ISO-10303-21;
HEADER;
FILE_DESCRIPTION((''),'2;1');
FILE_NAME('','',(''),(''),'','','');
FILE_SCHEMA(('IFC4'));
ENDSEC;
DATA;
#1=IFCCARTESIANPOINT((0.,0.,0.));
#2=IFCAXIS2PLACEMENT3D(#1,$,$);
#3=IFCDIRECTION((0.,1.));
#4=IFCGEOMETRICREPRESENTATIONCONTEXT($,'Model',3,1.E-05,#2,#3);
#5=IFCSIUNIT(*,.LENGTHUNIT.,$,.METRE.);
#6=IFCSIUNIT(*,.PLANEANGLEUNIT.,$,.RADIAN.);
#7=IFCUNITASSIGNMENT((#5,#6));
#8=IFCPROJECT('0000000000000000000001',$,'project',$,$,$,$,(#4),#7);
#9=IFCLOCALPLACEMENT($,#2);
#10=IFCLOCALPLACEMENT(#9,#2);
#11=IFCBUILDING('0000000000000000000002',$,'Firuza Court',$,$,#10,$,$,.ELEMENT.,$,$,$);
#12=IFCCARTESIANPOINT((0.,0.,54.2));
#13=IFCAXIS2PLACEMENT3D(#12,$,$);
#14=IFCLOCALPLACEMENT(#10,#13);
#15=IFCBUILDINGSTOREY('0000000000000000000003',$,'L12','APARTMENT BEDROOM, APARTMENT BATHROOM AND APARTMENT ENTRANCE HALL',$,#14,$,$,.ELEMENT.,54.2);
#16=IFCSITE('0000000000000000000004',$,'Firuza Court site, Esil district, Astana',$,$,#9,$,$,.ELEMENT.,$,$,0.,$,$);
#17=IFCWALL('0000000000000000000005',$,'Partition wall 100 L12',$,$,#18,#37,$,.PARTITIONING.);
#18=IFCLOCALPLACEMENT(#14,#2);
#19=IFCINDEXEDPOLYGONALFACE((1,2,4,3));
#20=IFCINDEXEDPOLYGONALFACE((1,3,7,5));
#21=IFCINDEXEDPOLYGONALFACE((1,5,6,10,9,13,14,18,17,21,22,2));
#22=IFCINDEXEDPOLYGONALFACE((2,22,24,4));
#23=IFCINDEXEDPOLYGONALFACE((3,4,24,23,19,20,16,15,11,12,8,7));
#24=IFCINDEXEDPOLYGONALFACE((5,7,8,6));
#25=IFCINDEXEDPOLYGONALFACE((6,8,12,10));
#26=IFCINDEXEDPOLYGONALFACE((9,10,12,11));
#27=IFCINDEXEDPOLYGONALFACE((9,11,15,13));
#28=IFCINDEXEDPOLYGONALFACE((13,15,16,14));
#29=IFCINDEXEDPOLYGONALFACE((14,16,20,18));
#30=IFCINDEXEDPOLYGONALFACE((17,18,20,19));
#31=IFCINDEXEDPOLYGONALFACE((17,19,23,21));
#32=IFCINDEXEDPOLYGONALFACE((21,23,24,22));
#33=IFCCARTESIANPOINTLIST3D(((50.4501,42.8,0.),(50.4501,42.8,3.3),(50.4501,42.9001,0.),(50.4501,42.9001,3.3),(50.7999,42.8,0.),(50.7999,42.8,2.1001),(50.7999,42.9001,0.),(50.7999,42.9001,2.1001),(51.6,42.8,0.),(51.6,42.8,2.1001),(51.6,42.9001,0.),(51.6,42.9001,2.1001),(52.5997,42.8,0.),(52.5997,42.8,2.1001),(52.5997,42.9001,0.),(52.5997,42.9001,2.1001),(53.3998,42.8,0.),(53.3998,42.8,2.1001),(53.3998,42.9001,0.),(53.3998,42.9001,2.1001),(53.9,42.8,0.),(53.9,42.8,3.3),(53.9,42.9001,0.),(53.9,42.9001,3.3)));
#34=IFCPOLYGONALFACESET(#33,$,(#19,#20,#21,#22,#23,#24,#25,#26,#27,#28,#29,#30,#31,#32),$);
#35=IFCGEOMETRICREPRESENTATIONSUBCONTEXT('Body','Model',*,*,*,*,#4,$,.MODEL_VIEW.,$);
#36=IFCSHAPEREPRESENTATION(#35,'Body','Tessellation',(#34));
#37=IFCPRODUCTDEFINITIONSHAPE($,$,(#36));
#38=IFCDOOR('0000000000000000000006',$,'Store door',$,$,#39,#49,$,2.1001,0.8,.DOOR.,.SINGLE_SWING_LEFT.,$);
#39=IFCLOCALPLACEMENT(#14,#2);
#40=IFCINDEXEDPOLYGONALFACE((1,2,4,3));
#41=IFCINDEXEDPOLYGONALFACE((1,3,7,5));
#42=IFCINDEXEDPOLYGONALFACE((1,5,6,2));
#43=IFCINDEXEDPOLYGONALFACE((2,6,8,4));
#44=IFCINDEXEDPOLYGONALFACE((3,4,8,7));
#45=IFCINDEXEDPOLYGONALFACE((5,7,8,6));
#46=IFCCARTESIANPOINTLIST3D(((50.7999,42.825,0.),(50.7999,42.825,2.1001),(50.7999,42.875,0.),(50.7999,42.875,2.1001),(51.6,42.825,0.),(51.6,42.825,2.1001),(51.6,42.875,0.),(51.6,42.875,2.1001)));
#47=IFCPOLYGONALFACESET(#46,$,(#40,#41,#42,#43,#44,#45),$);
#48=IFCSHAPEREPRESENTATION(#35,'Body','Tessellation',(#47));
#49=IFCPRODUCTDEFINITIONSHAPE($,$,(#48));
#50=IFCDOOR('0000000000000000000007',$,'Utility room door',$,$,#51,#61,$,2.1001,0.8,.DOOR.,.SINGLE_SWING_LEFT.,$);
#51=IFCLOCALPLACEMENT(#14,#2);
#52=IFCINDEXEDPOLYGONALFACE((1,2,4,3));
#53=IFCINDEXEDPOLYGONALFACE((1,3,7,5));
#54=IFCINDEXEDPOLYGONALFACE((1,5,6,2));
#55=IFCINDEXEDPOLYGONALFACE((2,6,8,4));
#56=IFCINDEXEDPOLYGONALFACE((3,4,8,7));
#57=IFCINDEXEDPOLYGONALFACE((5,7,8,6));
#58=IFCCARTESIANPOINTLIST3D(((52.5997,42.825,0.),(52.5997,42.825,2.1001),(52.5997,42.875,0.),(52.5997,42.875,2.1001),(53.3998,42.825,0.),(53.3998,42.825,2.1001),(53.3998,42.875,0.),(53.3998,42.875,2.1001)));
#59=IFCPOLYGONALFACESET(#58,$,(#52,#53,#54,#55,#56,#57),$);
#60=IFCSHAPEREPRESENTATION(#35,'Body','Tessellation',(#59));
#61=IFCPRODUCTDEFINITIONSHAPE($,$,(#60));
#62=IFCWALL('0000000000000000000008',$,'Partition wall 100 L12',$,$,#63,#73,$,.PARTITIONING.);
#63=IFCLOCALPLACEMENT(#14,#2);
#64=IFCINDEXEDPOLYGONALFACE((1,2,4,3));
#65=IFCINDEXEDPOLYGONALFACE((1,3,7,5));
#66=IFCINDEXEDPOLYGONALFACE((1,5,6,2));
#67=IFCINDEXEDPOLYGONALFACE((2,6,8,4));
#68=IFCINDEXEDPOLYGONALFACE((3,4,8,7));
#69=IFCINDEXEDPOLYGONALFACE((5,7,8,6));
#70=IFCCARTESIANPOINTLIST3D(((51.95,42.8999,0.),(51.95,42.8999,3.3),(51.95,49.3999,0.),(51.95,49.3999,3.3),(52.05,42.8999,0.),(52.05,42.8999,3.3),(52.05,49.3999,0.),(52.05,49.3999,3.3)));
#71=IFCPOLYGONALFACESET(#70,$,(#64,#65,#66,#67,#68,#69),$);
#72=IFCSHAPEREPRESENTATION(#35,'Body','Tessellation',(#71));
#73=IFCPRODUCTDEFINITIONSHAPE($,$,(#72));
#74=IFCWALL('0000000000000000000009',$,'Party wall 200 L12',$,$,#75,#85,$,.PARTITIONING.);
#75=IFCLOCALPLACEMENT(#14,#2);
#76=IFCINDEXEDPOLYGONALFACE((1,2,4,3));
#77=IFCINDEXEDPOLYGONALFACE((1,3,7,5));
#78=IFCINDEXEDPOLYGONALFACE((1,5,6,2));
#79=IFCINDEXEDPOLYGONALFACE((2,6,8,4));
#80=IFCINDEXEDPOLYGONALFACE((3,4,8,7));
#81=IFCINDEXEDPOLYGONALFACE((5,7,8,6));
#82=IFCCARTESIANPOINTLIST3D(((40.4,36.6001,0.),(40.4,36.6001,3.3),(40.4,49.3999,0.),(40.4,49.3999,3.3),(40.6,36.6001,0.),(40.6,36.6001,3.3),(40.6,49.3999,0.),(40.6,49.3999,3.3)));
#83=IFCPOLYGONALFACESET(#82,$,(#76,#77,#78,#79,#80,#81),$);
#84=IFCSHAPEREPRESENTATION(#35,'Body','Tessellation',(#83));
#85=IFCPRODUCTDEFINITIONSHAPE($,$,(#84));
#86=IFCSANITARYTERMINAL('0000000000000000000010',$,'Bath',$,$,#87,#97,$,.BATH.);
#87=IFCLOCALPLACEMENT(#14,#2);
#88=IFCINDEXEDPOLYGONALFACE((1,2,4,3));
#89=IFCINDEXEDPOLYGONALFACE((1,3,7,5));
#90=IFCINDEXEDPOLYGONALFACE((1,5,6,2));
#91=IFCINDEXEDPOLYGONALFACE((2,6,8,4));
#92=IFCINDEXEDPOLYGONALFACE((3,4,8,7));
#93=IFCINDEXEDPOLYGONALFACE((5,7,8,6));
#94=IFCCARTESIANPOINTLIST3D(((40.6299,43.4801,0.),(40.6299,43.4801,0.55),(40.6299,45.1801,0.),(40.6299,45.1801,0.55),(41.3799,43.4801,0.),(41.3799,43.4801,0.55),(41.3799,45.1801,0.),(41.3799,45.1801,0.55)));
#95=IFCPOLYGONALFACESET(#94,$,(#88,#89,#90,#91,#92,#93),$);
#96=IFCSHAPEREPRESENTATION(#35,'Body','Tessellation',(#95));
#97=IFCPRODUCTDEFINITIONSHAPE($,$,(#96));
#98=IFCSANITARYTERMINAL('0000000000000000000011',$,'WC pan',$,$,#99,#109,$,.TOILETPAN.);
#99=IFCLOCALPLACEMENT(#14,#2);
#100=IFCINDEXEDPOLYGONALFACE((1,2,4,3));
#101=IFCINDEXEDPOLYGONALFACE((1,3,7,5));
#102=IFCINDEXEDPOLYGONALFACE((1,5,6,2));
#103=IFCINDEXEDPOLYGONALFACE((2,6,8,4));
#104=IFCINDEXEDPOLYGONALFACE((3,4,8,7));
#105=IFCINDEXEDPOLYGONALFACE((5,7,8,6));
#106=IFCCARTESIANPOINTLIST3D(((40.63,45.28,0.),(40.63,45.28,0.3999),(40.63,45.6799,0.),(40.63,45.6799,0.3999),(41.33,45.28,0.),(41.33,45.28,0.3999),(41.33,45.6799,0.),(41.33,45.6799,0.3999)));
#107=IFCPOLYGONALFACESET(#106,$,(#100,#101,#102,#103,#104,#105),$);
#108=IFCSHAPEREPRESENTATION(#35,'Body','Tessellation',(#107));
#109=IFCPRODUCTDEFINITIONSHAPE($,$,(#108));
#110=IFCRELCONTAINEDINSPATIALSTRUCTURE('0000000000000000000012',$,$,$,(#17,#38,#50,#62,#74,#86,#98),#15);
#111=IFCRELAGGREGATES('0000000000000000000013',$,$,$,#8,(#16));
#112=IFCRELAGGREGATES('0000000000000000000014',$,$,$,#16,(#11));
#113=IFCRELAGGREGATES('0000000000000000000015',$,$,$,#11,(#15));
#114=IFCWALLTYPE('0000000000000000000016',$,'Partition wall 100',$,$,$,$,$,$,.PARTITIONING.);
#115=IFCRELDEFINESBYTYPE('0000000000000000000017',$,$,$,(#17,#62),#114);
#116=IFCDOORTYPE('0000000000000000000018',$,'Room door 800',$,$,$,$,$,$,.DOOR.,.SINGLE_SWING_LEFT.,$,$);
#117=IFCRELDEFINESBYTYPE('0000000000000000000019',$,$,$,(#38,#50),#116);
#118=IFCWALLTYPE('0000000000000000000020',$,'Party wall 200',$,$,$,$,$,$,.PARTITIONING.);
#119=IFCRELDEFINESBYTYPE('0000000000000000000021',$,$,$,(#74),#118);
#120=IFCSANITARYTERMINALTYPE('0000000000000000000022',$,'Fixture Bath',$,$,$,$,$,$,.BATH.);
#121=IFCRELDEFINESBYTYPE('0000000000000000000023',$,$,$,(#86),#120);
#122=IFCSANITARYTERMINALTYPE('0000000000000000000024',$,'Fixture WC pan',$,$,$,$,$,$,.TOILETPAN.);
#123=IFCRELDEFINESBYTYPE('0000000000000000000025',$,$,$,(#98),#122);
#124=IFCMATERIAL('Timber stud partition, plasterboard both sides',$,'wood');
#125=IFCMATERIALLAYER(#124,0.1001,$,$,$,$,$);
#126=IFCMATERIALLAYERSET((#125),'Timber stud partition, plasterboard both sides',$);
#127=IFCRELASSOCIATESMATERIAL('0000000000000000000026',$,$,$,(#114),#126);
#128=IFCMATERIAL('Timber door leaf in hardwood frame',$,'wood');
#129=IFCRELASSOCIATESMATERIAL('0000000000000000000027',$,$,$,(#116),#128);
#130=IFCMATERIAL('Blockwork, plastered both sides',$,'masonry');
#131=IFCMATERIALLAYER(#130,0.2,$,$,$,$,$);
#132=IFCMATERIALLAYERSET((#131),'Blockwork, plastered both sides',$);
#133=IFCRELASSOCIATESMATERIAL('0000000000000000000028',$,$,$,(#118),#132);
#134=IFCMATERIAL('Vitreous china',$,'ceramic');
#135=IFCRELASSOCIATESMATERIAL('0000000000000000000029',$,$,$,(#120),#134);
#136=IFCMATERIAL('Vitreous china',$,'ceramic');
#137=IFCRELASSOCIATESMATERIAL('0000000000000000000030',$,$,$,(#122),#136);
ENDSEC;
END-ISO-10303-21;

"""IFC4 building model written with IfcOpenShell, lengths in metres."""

from ifc_helpers import new_model, si_unit, direction, frame, frame_2d, origin, origin_2d, place, context, subcontext, project, spatial, rectangle, extrude, material, layer, layer_set, type_object, element, fill, save


model = new_model("IFC4")

# Units and contexts
model_context = context("Model", 3, precision=1e-05, world=origin(), true_north=direction((0.0, 1.0)))
body_context = subcontext(model_context, "Body", "Model", "MODEL_VIEW")
ifc_project = project(units=[si_unit("LENGTHUNIT", "METRE"), si_unit("PLANEANGLEUNIT", "RADIAN")], contexts=[model_context])

# Site, building, storey
site_placement = place(None, origin())
site = spatial("IfcSite", under=ifc_project, at=site_placement, Name="Firuza Court site, Esil district, Astana", CompositionType="ELEMENT", RefElevation=0.0)
building_placement = place(site_placement, origin())
building = spatial("IfcBuilding", under=site, at=building_placement, Name="Firuza Court", CompositionType="ELEMENT")
storey_placement = place(building_placement, frame((0.0, 0.0, 54.2)))
storey = spatial("IfcBuildingStorey", under=building, at=storey_placement, Name="L12", Description="APARTMENT BEDROOM, APARTMENT BATHROOM AND APARTMENT ENTRANCE HALL", CompositionType="ELEMENT", Elevation=54.2)

# Shared definitions
ifc_material_1 = material(Name="Timber stud partition, plasterboard both sides", Category="wood")
ifc_layer_1 = layer(ifc_material_1, 0.1001)
ifc_layer_set_1 = layer_set([ifc_layer_1], Name="Timber stud partition, plasterboard both sides")
wall_type_1 = type_object("IfcWallType", Name="Partition wall 100", PredefinedType="PARTITIONING", material=ifc_layer_set_1)

# Wall, openings, doors
wall_1_placement = place(storey_placement, frame((50.45, 42.8501, 0.0), z_axis=(0.0, 0.0, 1.0), x_axis=(1.0, 0.0, 0.0)))
wall_1 = element("IfcWall", 1, at=wall_1_placement, inside=storey, type_object=wall_type_1, Name="Partition wall 100 L12", PredefinedType="PARTITIONING", context=body_context, shape_type="SweptSolid", body=[
    extrude(rectangle(XDim=3.45, YDim=0.1001, at=frame_2d((1.7251, 0.0))), origin(), (0.0, 0.0, 1.0), 3.3),
])
opening_1_placement = place(wall_1_placement, frame((0.3501, 0.0, 0.0)))
opening_1 = element("IfcOpeningElement", 2, at=opening_1_placement, cuts=wall_1, PredefinedType="OPENING", context=body_context, shape_type="SweptSolid", body=[
    extrude(rectangle(XDim=0.8, YDim=2.1001, at=frame_2d((0.3999, 1.05))), frame((0.0, 0.062, 0.0), z_axis=(0.0, -1.0, 0.0), x_axis=(1.0, 0.0, 0.0)), (0.0, 0.0, 1.0), 0.124),
])
opening_2_placement = place(wall_1_placement, frame((2.1499, 0.0, 0.0)))
opening_2 = element("IfcOpeningElement", 3, at=opening_2_placement, cuts=wall_1, PredefinedType="OPENING", context=body_context, shape_type="SweptSolid", body=[
    extrude(rectangle(XDim=0.8, YDim=2.1001, at=frame_2d((0.3999, 1.05))), frame((0.0, 0.062, 0.0), z_axis=(0.0, -1.0, 0.0), x_axis=(1.0, 0.0, 0.0)), (0.0, 0.0, 1.0), 0.124),
])
ifc_material_2 = material(Name="Timber door leaf in hardwood frame", Category="wood")
door_type_1 = type_object("IfcDoorType", Name="Room door 800", OperationType="SINGLE_SWING_LEFT", PredefinedType="DOOR", material=ifc_material_2)
door_1_placement = place(opening_1_placement, origin())
door_1 = element("IfcDoor", 4, at=door_1_placement, inside=storey, type_object=door_type_1, Name="Store door", OperationType="SINGLE_SWING_LEFT", OverallHeight=2.1001, OverallWidth=0.8, PredefinedType="DOOR", context=body_context, shape_type="SweptSolid", body=[
    extrude(rectangle(XDim=0.8, YDim=2.1001, at=frame_2d((0.3999, 1.05))), frame((0.0, 0.0249, 0.0), z_axis=(0.0, -1.0, 0.0), x_axis=(1.0, 0.0, 0.0)), (0.0, 0.0, 1.0), 0.05),
])
fill(opening_1, door_1)
door_2_placement = place(opening_2_placement, origin())
door_2 = element("IfcDoor", 5, at=door_2_placement, inside=storey, type_object=door_type_1, Name="Utility room door", OperationType="SINGLE_SWING_LEFT", OverallHeight=2.1001, OverallWidth=0.8, PredefinedType="DOOR", context=body_context, shape_type="SweptSolid", body=[
    extrude(rectangle(XDim=0.8, YDim=2.1001, at=frame_2d((0.3999, 1.05))), frame((0.0, 0.0249, 0.0), z_axis=(0.0, -1.0, 0.0), x_axis=(1.0, 0.0, 0.0)), (0.0, 0.0, 1.0), 0.05),
])
fill(opening_2, door_2)

# Walls
wall_2_placement = place(storey_placement, frame((52.0, 42.8999, 0.0), z_axis=(0.0, 0.0, 1.0), x_axis=(0.0, 1.0, 0.0)))
element("IfcWall", 6, at=wall_2_placement, inside=storey, type_object=wall_type_1, Name="Partition wall 100 L12", PredefinedType="PARTITIONING", context=body_context, shape_type="SweptSolid", body=[
    extrude(rectangle(XDim=6.5, YDim=0.1001, at=frame_2d((3.25, 0.0))), origin(), (0.0, 0.0, 1.0), 3.3),
])
ifc_material_3 = material(Name="Blockwork, plastered both sides", Category="masonry")
ifc_layer_2 = layer(ifc_material_3, 0.2)
ifc_layer_set_2 = layer_set([ifc_layer_2], Name="Blockwork, plastered both sides")
wall_type_2 = type_object("IfcWallType", Name="Party wall 200", PredefinedType="PARTITIONING", material=ifc_layer_set_2)
wall_3_placement = place(storey_placement, frame((40.5, 36.6001, 0.0), z_axis=(0.0, 0.0, 1.0), x_axis=(0.0, 1.0, 0.0)))
element("IfcWall", 7, at=wall_3_placement, inside=storey, type_object=wall_type_2, Name="Party wall 200 L12", PredefinedType="PARTITIONING", context=body_context, shape_type="SweptSolid", body=[
    extrude(rectangle(XDim=12.7998, YDim=0.2, at=frame_2d((6.3999, 0.0))), origin(), (0.0, 0.0, 1.0), 3.3),
])

# Sanitary terminals
ifc_material_4 = material(Name="Vitreous china", Category="ceramic")
sanitary_terminal_type_1 = type_object("IfcSanitaryTerminalType", Name="Fixture Bath", PredefinedType="BATH", material=ifc_material_4)
sanitary_terminal_1_placement = place(storey_placement, frame((41.0049, 44.3301, 0.0), z_axis=(0.0, 0.0, 1.0), x_axis=(1.0, 0.0, 0.0)))
element("IfcSanitaryTerminal", 8, at=sanitary_terminal_1_placement, inside=storey, type_object=sanitary_terminal_type_1, Name="Bath", PredefinedType="BATH", context=body_context, shape_type="SweptSolid", body=[
    extrude(rectangle(XDim=0.75, YDim=1.7, at=origin_2d()), origin(), (0.0, 0.0, 1.0), 0.55),
])
ifc_material_5 = material(Name="Vitreous china", Category="ceramic")
sanitary_terminal_type_2 = type_object("IfcSanitaryTerminalType", Name="Fixture WC pan", PredefinedType="TOILETPAN", material=ifc_material_5)
sanitary_terminal_2_placement = place(storey_placement, frame((40.98, 45.48, 0.0), z_axis=(0.0, 0.0, 1.0), x_axis=(1.0, 0.0, 0.0)))
element("IfcSanitaryTerminal", 9, at=sanitary_terminal_2_placement, inside=storey, type_object=sanitary_terminal_type_2, Name="WC pan", PredefinedType="TOILETPAN", context=body_context, shape_type="SweptSolid", body=[
    extrude(rectangle(XDim=0.7, YDim=0.3999, at=origin_2d()), origin(), (0.0, 0.0, 1.0), 0.3999),
])

save(model, "model.ifc")
